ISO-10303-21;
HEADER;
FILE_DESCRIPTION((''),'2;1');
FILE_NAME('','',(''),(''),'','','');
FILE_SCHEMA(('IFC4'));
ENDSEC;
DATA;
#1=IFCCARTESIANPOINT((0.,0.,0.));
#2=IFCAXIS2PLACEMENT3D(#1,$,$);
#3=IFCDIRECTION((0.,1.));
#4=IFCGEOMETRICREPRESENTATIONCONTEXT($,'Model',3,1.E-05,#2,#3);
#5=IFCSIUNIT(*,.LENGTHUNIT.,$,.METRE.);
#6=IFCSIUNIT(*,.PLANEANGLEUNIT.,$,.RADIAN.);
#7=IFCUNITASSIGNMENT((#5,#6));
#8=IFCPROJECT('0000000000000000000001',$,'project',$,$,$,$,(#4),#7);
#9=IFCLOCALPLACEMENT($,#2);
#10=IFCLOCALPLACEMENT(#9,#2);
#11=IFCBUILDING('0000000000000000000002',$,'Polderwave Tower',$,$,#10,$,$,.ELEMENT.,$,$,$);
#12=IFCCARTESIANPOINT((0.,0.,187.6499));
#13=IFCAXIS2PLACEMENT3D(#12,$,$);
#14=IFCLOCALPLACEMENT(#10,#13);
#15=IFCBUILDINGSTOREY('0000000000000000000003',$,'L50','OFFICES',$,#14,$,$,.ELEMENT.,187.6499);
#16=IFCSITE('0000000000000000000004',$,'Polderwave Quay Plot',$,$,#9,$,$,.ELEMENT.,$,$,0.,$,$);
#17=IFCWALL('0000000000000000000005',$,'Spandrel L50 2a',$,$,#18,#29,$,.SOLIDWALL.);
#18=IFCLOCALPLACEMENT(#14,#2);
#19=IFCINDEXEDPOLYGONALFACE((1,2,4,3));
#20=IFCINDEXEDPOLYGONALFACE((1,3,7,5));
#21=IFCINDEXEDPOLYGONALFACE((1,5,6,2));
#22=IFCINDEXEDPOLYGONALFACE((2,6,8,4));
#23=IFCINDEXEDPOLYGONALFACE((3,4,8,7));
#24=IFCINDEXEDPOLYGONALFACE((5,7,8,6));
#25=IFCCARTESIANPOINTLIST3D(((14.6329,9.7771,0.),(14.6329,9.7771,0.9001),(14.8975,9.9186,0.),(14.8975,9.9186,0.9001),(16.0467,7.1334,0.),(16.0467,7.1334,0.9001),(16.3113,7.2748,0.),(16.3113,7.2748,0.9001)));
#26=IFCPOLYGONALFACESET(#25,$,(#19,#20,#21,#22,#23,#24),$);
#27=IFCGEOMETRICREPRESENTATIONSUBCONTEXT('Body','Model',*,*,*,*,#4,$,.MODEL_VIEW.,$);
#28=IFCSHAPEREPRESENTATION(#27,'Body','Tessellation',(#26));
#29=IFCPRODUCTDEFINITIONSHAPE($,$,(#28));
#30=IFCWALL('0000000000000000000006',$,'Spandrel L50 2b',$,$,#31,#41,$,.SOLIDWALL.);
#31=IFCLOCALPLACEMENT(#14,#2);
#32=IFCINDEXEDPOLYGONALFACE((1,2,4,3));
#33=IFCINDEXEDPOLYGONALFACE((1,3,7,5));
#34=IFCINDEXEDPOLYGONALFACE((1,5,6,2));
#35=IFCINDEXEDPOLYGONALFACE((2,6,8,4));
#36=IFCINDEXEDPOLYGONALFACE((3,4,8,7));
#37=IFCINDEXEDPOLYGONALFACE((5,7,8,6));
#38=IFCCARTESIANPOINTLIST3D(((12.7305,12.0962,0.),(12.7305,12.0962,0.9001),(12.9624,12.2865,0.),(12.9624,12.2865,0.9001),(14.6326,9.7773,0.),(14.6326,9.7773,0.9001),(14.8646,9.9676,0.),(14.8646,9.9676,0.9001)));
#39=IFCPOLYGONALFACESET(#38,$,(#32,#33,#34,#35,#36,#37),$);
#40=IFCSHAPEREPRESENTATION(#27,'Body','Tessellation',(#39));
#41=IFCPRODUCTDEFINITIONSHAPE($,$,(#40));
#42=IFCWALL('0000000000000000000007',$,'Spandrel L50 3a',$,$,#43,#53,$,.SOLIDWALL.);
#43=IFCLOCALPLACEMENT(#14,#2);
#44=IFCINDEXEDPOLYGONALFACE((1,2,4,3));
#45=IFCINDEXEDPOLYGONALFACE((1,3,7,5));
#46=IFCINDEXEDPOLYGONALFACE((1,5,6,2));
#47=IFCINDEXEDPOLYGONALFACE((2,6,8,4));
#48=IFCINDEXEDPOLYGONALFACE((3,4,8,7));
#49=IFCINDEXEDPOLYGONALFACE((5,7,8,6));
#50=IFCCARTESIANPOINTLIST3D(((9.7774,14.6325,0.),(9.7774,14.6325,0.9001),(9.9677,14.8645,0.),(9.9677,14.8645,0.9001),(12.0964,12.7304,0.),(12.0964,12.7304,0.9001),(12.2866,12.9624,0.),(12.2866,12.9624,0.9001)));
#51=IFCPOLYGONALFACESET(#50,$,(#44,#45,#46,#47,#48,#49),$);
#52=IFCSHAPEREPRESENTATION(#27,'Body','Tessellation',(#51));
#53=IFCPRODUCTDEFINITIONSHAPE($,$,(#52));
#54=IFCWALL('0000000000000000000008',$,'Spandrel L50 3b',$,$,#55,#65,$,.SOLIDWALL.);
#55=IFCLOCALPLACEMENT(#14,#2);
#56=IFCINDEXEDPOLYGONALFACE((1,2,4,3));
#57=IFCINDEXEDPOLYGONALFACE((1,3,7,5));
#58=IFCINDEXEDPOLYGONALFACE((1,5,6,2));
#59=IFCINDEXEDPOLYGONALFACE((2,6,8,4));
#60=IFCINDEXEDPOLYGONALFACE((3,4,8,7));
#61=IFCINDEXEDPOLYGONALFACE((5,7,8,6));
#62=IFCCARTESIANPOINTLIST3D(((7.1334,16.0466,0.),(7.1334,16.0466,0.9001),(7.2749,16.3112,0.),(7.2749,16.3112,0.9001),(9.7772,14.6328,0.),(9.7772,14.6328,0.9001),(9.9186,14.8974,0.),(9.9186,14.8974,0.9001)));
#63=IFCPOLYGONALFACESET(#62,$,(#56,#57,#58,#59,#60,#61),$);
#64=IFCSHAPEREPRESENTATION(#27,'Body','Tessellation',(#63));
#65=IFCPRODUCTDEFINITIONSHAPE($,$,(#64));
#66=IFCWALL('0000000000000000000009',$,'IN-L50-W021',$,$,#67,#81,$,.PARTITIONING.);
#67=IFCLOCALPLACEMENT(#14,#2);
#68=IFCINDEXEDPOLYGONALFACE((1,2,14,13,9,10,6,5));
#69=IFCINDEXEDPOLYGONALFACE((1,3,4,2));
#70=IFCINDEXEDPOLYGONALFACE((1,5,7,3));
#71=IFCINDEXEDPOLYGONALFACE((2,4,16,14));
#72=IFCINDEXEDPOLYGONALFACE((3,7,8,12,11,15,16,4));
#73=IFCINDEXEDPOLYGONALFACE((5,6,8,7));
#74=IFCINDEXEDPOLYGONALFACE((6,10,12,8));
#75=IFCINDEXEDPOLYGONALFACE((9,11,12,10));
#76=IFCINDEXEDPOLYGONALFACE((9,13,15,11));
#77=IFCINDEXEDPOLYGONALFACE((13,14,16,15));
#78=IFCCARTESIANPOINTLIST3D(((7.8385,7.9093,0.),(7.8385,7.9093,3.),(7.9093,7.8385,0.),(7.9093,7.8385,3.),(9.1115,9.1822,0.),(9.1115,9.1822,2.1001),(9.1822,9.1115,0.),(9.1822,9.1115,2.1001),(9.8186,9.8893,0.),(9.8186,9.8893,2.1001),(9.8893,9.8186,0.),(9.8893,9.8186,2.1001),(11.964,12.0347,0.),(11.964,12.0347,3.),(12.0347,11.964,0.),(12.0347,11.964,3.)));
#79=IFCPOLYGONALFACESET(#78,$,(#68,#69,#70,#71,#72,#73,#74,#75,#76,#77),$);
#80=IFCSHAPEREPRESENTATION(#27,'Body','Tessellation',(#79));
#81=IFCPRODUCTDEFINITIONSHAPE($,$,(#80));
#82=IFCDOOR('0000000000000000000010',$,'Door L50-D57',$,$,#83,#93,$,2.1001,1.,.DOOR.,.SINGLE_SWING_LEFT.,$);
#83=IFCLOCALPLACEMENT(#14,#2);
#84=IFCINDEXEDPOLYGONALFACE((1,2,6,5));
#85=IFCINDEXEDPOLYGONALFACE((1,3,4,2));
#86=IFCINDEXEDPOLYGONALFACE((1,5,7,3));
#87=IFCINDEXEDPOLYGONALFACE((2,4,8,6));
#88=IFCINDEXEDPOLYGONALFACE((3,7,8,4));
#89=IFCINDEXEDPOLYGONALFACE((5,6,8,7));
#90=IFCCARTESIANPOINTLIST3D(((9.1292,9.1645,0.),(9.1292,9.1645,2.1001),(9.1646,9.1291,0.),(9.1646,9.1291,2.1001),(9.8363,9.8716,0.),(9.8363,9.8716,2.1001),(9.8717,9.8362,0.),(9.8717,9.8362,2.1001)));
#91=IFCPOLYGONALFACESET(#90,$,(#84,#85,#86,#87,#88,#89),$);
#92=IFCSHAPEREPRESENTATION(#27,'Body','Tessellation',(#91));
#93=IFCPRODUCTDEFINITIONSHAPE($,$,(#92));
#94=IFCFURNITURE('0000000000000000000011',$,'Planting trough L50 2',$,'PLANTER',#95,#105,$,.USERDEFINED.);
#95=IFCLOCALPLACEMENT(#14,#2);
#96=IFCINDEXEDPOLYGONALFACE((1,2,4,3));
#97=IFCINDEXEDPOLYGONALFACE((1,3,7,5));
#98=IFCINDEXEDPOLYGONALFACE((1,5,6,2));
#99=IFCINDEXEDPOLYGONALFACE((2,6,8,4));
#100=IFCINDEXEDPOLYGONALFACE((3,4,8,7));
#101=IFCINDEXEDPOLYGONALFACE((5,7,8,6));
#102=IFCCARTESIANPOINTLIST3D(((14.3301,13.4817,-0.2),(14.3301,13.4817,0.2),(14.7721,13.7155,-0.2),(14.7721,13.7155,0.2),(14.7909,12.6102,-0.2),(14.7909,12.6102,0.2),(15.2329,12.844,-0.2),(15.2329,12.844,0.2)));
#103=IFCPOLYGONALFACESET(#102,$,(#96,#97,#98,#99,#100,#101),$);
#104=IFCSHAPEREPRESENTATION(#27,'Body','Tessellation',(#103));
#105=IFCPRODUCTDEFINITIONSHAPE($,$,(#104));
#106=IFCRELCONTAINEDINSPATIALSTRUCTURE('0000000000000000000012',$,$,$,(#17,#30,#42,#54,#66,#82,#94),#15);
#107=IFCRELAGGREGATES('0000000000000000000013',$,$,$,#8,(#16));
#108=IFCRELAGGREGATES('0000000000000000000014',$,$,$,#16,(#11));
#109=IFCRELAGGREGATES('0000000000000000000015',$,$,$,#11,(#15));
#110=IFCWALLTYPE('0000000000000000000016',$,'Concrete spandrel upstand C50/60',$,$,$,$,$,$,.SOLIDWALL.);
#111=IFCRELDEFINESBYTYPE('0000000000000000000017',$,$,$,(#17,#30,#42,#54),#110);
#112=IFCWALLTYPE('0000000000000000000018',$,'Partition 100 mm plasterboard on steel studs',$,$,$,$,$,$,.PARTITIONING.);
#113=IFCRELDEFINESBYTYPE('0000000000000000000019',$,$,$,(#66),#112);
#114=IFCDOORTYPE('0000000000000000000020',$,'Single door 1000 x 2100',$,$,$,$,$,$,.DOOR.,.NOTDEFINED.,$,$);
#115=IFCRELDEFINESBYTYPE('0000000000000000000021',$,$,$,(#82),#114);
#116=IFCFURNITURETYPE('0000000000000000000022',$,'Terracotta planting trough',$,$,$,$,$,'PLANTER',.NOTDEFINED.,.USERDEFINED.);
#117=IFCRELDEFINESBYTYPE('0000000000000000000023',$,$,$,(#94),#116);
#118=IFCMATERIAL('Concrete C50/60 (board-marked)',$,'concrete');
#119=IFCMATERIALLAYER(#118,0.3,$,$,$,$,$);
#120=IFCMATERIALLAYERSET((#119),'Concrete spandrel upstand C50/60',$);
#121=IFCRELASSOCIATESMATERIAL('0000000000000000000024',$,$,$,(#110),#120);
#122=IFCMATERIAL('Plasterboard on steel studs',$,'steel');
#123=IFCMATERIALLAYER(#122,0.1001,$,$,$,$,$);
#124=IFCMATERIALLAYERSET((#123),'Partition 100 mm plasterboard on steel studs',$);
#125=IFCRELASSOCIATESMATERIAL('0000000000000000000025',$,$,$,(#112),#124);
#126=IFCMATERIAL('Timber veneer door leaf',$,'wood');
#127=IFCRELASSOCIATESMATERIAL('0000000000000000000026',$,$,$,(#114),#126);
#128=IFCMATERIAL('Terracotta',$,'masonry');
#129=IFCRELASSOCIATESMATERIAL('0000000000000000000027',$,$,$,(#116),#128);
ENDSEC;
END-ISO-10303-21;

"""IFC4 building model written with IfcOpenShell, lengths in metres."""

from ifc_helpers import new_model, si_unit, direction, frame, frame_2d, origin, origin_2d, place, context, subcontext, project, spatial, rectangle, extrude, material, layer, layer_set, type_object, element, fill, save


model = new_model("IFC4")

# Units and contexts
model_context = context("Model", 3, precision=1e-05, world=origin(), true_north=direction((0.0, 1.0)))
body_context = subcontext(model_context, "Body", "Model", "MODEL_VIEW")
ifc_project = project(units=[si_unit("LENGTHUNIT", "METRE"), si_unit("PLANEANGLEUNIT", "RADIAN")], contexts=[model_context])

# Site, building, storey
site_placement = place(None, origin())
site = spatial("IfcSite", under=ifc_project, at=site_placement, Name="Polderwave Quay Plot", CompositionType="ELEMENT", RefElevation=0.0)
building_placement = place(site_placement, origin())
building = spatial("IfcBuilding", under=site, at=building_placement, Name="Polderwave Tower", CompositionType="ELEMENT")
storey_placement = place(building_placement, frame((0.0, 0.0, 187.6499)))
storey = spatial("IfcBuildingStorey", under=building, at=storey_placement, Name="L50", Description="OFFICES", CompositionType="ELEMENT", Elevation=187.6499)

# Walls
ifc_material_1 = material(Name="Concrete C50/60 (board-marked)", Category="concrete")
ifc_layer_1 = layer(ifc_material_1, 0.3)
ifc_layer_set_1 = layer_set([ifc_layer_1], Name="Concrete spandrel upstand C50/60")
wall_type_1 = type_object("IfcWallType", Name="Concrete spandrel upstand C50/60", PredefinedType="SOLIDWALL", material=ifc_layer_set_1)
wall_1_placement = place(storey_placement, frame((16.179, 7.2041, 0.0), z_axis=(0.0, 0.0, 1.0), x_axis=(-0.471573, 0.881827, 0.0)))
element("IfcWall", 1, at=wall_1_placement, inside=storey, type_object=wall_type_1, Name="Spandrel L50 2a", PredefinedType="SOLIDWALL", context=body_context, shape_type="SweptSolid", body=[
    extrude(rectangle(XDim=2.998, YDim=0.3, at=frame_2d((1.499, 0.0))), origin(), (0.0, 0.0, 1.0), 0.9001),
])
for number, where, z_axis, x_axis, name in (
    (2, (14.7485, 9.8726, 0.0), (0.0, 0.0, 1.0), (-0.634208, 0.773162, 0.0), "Spandrel L50 2b"),
    (3, (12.1914, 12.8464, 0.0), (0.0, 0.0, 1.0), (-0.773162, 0.634208, 0.0), "Spandrel L50 3a"),
):
    element("IfcWall", number, at=place(storey_placement, frame(where, z_axis=z_axis, x_axis=x_axis)), inside=storey, type_object=wall_type_1, Name=name, PredefinedType="SOLIDWALL", context=body_context, shape_type="SweptSolid", body=[
        extrude(rectangle(XDim=2.9993, YDim=0.3, at=frame_2d((1.4995, 0.0))), origin(), (0.0, 0.0, 1.0), 0.9001),
    ])
wall_2_placement = place(storey_placement, frame((9.8479, 14.7651, 0.0), z_axis=(0.0, 0.0, 1.0), x_axis=(-0.881827, 0.471573, 0.0)))
element("IfcWall", 4, at=wall_2_placement, inside=storey, type_object=wall_type_1, Name="Spandrel L50 3b", PredefinedType="SOLIDWALL", context=body_context, shape_type="SweptSolid", body=[
    extrude(rectangle(XDim=2.998, YDim=0.3, at=frame_2d((1.499, 0.0))), origin(), (0.0, 0.0, 1.0), 0.9001),
])

# Wall, opening, door
ifc_material_2 = material(Name="Plasterboard on steel studs", Category="steel")
ifc_layer_2 = layer(ifc_material_2, 0.1001)
ifc_layer_set_2 = layer_set([ifc_layer_2], Name="Partition 100 mm plasterboard on steel studs")
wall_type_2 = type_object("IfcWallType", Name="Partition 100 mm plasterboard on steel studs", PredefinedType="PARTITIONING", material=ifc_layer_set_2)
wall_3_placement = place(storey_placement, frame((7.874, 7.874, 0.0), z_axis=(0.0, 0.0, 1.0), x_axis=(0.707107, 0.707107, 0.0)))
wall_3 = element("IfcWall", 5, at=wall_3_placement, inside=storey, type_object=wall_type_2, Name="IN-L50-W021", PredefinedType="PARTITIONING", context=body_context, shape_type="SweptSolid", body=[
    extrude(rectangle(XDim=5.8342, YDim=0.1001, at=frame_2d((2.917, 0.0))), origin(), (0.0, 0.0, 1.0), 3.0),
])
opening_placement = place(wall_3_placement, frame((1.8, 0.0, 0.0)))
opening = element("IfcOpeningElement", 6, at=opening_placement, cuts=wall_3, PredefinedType="OPENING", context=body_context, shape_type="SweptSolid", body=[
    extrude(rectangle(XDim=1.0, YDim=2.1001, at=frame_2d((0.5, 1.05))), frame((0.0, 0.0601, 0.0), z_axis=(0.0, -1.0, 0.0), x_axis=(1.0, 0.0, 0.0)), (0.0, 0.0, 1.0), 0.1201),
])
ifc_material_3 = material(Name="Timber veneer door leaf", Category="wood")
door_type = type_object("IfcDoorType", Name="Single door 1000 x 2100", OperationType="NOTDEFINED", PredefinedType="DOOR", material=ifc_material_3)
door_placement = place(opening_placement, origin())
door = element("IfcDoor", 7, at=door_placement, inside=storey, type_object=door_type, Name="Door L50-D57", OperationType="SINGLE_SWING_LEFT", OverallHeight=2.1001, OverallWidth=1.0, PredefinedType="DOOR", context=body_context, shape_type="SweptSolid", body=[
    extrude(rectangle(XDim=1.0, YDim=2.1001, at=frame_2d((0.5, 1.05))), frame((0.0, 0.0249, 0.0), z_axis=(0.0, -1.0, 0.0), x_axis=(1.0, 0.0, 0.0)), (0.0, 0.0, 1.0), 0.05),
])
fill(opening, door)

# Furniture
ifc_material_4 = material(Name="Terracotta", Category="masonry")
furniture_type = type_object("IfcFurnitureType", Name="Terracotta planting trough", ElementType="PLANTER", AssemblyPlace="NOTDEFINED", PredefinedType="USERDEFINED", material=ifc_material_4)
furniture_placement = place(storey_placement, frame((14.7815, 13.1628, -0.2), z_axis=(0.0, 0.0, 1.0), x_axis=(-0.467467, 0.884011, 0.0)))
element("IfcFurniture", 8, at=furniture_placement, inside=storey, type_object=furniture_type, Name="Planting trough L50 2", ObjectType="PLANTER", PredefinedType="USERDEFINED", context=body_context, shape_type="SweptSolid", body=[
    extrude(rectangle(XDim=0.9858, YDim=0.5, at=origin_2d()), origin(), (0.0, 0.0, 1.0), 0.3999),
])

save(model, "model.ifc")
